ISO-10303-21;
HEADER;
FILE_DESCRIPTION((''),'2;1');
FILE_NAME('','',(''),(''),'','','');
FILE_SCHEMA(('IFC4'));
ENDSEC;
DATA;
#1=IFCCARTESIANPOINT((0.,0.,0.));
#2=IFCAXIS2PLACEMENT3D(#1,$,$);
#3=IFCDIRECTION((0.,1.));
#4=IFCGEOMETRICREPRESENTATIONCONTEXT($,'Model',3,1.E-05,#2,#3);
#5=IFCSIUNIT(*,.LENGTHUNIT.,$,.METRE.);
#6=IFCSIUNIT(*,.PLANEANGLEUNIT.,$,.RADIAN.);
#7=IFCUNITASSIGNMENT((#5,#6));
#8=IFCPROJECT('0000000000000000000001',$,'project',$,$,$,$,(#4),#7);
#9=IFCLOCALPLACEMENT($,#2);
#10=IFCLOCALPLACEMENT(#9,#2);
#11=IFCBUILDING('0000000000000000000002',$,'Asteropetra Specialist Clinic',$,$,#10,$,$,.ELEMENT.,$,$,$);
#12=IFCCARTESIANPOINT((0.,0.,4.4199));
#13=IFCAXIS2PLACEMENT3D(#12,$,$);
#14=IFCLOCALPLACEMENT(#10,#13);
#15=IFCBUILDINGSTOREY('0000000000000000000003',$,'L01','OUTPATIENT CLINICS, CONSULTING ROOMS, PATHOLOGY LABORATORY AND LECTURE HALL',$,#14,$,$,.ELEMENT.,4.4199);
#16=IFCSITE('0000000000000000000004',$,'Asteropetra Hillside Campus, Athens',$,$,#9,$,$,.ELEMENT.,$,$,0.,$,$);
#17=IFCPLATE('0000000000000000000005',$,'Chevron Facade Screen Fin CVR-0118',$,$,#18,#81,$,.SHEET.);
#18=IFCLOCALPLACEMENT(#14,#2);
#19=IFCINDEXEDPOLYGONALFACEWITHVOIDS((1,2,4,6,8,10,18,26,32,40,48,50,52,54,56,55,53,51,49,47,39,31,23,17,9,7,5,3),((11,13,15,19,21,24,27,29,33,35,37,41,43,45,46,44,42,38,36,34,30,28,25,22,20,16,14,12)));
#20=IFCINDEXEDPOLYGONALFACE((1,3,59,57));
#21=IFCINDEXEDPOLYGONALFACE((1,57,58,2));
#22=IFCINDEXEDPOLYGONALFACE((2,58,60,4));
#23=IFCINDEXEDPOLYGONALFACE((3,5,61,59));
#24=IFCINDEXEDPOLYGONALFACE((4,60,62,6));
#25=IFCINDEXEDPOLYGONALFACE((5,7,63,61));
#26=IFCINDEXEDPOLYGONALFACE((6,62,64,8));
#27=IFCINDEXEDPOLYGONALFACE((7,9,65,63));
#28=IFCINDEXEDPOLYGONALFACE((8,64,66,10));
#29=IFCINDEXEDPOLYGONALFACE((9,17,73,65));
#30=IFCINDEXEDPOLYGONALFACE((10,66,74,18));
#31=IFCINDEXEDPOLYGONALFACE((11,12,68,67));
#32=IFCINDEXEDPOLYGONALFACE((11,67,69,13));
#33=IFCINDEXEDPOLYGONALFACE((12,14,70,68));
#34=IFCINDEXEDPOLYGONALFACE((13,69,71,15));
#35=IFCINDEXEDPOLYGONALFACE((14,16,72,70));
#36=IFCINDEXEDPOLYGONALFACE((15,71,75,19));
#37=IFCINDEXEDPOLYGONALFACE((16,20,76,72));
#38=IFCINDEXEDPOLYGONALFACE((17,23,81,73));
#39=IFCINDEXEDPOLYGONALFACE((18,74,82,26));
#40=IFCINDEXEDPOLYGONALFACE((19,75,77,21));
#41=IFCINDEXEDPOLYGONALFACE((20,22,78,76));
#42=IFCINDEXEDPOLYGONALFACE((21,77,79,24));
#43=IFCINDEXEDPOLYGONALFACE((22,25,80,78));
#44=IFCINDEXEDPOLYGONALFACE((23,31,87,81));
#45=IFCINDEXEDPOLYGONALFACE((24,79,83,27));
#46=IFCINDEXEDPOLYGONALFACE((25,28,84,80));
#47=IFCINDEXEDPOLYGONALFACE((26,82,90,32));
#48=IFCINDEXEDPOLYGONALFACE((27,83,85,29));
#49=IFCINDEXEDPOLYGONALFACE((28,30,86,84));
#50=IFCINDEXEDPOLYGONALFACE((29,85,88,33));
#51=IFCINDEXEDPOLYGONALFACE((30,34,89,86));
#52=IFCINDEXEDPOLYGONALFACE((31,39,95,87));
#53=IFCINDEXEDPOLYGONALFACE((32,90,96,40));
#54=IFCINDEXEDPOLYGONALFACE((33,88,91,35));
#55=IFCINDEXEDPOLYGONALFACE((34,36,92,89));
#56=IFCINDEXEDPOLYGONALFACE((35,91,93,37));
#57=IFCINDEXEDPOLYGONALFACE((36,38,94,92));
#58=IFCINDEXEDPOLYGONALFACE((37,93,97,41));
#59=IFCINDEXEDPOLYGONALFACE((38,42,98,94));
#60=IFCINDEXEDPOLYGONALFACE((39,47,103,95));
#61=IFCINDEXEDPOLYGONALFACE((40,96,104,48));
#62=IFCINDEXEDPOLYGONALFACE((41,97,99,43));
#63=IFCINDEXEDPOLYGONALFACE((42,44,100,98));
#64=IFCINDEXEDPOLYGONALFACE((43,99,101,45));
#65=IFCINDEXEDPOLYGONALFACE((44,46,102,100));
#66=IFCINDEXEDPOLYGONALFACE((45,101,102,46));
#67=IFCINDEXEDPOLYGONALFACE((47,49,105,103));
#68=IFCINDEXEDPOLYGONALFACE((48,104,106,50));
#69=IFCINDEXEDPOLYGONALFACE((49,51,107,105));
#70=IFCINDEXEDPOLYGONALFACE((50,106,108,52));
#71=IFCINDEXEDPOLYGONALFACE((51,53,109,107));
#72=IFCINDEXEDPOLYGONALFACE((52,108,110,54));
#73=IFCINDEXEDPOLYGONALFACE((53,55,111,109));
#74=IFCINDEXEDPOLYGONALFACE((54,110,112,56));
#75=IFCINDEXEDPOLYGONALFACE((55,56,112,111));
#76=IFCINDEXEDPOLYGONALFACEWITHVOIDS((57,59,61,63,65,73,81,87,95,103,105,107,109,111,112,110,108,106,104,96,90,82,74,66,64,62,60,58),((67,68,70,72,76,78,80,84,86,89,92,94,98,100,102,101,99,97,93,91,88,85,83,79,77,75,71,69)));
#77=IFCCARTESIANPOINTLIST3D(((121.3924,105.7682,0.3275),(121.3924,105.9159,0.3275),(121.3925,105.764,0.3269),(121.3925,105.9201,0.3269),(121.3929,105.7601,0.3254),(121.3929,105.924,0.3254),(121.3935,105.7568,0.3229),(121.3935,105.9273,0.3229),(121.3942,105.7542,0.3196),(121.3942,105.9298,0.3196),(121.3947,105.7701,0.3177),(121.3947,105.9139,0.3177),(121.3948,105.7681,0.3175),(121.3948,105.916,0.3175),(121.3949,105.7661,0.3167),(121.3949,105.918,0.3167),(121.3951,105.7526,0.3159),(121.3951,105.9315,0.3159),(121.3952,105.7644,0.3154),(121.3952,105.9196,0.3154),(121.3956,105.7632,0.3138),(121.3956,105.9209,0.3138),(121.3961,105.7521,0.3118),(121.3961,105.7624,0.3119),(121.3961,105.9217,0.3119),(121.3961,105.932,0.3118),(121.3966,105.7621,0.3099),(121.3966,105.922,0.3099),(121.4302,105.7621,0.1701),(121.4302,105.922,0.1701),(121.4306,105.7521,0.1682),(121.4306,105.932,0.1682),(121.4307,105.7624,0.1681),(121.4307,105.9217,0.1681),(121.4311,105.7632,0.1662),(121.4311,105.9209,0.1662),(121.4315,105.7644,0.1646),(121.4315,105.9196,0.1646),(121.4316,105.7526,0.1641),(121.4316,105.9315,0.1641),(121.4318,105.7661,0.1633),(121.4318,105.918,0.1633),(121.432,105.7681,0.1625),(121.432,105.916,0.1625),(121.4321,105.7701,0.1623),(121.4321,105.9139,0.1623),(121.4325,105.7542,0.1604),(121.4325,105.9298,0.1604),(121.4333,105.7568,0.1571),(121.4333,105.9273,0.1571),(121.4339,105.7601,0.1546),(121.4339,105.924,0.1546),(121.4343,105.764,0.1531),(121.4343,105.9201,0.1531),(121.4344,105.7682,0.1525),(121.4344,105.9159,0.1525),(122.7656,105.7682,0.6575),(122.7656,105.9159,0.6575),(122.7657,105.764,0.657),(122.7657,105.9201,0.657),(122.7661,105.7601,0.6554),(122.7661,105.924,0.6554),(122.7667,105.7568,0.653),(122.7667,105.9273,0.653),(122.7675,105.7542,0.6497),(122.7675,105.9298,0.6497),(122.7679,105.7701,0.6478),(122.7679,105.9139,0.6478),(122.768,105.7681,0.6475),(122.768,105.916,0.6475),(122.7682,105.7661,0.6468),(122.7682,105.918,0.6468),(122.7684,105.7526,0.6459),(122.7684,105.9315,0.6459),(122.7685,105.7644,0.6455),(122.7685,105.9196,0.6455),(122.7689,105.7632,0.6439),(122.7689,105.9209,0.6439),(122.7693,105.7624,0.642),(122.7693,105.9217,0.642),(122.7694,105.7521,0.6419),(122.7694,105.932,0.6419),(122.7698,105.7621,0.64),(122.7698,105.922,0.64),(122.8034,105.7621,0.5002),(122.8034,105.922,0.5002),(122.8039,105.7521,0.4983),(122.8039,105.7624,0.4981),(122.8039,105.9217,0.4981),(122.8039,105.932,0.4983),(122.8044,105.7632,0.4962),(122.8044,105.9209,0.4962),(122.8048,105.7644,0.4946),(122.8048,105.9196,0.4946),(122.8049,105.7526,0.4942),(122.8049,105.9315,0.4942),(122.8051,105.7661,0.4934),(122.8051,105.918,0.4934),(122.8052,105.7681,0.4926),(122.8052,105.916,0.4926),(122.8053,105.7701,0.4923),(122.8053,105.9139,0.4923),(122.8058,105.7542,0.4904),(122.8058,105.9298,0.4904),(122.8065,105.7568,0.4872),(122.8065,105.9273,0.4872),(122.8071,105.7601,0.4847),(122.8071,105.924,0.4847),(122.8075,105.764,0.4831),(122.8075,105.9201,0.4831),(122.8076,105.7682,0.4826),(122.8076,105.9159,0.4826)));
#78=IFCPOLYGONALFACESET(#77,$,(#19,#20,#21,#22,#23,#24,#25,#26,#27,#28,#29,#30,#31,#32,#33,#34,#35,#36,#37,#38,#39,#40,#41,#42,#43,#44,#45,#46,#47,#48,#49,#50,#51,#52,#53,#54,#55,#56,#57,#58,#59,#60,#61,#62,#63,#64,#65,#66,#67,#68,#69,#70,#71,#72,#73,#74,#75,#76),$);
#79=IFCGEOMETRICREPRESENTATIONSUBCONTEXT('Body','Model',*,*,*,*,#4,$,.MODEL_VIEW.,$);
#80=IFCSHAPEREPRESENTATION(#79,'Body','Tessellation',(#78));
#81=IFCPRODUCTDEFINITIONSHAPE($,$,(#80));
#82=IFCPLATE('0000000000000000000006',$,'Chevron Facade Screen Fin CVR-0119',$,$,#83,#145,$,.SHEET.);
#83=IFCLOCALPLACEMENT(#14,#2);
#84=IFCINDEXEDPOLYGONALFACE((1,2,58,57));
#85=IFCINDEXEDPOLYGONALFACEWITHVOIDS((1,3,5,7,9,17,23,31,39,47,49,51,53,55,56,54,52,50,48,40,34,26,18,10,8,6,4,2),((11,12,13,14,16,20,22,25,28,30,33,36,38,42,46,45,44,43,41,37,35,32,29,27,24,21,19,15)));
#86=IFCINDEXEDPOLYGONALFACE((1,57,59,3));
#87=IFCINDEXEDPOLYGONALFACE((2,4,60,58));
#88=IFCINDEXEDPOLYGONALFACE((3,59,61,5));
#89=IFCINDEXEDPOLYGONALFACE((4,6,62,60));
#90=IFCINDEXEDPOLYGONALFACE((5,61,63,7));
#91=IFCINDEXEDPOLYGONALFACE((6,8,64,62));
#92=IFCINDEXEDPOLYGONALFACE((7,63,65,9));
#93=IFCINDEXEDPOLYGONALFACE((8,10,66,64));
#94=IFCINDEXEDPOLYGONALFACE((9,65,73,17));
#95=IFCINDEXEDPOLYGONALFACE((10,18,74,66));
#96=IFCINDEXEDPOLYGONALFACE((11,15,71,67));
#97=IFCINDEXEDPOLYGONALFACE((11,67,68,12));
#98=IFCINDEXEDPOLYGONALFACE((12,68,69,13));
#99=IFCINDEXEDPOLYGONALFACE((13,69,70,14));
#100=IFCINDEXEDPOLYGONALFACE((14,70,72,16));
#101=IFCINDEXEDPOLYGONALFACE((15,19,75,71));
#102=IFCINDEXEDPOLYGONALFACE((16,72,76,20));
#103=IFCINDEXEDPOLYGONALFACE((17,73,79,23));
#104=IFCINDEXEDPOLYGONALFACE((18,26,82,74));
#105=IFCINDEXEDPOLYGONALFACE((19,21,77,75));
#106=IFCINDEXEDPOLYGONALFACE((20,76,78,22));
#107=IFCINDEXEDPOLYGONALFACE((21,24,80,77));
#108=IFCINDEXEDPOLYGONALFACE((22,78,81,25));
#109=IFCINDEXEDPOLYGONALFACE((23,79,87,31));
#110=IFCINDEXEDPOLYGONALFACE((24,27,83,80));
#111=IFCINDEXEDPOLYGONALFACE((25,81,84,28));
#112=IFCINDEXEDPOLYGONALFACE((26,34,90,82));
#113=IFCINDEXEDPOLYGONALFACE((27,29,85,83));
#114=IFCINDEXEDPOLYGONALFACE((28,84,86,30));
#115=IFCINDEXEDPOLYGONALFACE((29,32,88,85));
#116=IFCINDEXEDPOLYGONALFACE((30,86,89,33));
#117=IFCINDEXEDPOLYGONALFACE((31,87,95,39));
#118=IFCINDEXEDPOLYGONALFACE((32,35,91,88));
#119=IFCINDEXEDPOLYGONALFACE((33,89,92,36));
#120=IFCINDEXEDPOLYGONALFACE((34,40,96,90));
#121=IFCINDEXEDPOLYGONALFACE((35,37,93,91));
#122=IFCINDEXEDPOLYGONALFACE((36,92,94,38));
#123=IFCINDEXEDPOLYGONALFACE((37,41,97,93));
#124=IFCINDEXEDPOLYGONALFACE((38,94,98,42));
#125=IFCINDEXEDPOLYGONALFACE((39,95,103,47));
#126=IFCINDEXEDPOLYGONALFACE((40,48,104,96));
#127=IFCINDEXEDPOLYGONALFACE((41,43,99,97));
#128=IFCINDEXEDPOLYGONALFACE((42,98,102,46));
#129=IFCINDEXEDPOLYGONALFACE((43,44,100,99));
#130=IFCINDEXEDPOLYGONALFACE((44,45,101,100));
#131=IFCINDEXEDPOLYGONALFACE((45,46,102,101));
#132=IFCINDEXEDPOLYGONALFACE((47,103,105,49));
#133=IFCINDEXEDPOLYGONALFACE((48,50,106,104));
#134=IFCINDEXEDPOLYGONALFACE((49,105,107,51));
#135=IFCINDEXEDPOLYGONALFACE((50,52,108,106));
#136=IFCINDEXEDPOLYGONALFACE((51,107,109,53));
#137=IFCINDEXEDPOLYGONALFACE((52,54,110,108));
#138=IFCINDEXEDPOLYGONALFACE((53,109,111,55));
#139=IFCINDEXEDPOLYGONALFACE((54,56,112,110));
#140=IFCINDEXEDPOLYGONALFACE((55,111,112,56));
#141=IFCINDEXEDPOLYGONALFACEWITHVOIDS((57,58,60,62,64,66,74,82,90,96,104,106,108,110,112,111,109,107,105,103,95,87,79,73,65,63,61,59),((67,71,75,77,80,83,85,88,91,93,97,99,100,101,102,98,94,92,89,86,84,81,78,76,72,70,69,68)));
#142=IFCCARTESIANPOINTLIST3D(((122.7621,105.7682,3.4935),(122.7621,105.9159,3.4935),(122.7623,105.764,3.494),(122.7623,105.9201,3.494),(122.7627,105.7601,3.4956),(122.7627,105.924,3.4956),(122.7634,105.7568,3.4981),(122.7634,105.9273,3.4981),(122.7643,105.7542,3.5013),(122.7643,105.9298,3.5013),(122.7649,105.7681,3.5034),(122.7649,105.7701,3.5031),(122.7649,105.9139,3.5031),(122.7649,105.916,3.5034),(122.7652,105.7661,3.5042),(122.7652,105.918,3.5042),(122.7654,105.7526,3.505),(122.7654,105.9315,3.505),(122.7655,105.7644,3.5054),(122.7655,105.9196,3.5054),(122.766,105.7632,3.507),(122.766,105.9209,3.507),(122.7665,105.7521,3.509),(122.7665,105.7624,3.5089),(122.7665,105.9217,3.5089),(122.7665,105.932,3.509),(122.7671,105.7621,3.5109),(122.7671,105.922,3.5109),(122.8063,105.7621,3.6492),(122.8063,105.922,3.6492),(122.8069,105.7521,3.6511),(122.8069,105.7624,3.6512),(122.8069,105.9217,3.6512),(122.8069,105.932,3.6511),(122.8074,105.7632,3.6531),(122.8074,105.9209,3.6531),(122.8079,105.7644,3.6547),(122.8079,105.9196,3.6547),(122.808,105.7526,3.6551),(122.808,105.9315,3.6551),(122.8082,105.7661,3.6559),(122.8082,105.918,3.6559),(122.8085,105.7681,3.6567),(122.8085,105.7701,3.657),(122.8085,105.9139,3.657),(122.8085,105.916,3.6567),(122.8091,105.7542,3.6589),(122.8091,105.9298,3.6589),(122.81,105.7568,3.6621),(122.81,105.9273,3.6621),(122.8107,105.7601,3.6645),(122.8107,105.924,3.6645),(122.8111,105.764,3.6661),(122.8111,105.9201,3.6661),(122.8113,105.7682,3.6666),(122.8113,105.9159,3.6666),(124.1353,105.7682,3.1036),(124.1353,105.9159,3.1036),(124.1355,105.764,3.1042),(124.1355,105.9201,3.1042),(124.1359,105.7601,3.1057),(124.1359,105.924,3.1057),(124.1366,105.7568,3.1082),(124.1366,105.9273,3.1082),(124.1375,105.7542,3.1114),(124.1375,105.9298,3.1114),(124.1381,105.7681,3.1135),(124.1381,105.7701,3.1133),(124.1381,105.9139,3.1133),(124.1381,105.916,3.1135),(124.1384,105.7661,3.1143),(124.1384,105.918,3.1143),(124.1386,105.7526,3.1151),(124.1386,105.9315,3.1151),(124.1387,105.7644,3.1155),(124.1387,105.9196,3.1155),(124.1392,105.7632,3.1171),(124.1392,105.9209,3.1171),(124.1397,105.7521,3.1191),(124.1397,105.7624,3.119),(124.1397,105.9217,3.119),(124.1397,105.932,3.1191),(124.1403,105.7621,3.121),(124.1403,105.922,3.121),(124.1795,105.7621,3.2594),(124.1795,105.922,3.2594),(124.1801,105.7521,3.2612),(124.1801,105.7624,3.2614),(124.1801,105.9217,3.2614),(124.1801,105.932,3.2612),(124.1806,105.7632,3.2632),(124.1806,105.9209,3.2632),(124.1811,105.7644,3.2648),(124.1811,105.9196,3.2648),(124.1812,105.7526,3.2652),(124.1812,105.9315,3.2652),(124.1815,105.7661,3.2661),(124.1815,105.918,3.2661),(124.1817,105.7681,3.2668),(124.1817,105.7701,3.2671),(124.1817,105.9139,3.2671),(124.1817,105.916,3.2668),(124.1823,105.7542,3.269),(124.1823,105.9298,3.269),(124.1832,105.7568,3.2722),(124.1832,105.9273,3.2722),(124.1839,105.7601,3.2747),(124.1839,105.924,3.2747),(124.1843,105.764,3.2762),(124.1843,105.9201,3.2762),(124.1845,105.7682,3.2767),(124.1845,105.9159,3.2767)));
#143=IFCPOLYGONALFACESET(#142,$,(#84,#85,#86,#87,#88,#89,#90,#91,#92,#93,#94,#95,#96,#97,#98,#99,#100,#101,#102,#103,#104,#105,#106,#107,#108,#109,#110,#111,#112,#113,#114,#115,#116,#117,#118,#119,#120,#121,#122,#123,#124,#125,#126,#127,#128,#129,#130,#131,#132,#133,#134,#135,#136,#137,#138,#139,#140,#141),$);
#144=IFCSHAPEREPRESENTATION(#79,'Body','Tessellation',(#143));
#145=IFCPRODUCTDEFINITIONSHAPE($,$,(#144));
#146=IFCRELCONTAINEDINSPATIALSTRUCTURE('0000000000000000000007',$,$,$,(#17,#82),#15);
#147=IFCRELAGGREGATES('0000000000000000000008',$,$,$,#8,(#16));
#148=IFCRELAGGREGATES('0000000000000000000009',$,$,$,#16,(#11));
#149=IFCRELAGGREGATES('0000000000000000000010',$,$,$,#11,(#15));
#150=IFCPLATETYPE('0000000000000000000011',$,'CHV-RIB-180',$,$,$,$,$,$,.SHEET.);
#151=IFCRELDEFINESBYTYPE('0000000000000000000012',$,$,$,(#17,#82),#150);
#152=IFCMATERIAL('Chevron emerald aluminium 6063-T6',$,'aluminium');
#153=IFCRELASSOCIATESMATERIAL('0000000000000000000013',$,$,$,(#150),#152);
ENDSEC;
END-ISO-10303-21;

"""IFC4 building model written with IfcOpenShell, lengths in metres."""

from ifc_helpers import new_model, si_unit, direction, frame, origin, origin_2d, place, context, subcontext, project, spatial, hollow_rectangle, extrude, material, material_profile, profile_set, type_object, element, save


model = new_model("IFC4")

# Units and contexts
model_context = context("Model", 3, precision=1e-05, world=origin(), true_north=direction((0.0, 1.0)))
body_context = subcontext(model_context, "Body", "Model", "MODEL_VIEW")
ifc_project = project(units=[si_unit("LENGTHUNIT", "METRE"), si_unit("PLANEANGLEUNIT", "RADIAN")], contexts=[model_context])

# Site, building, storey
site_placement = place(None, origin())
site = spatial("IfcSite", under=ifc_project, at=site_placement, Name="Asteropetra Hillside Campus, Athens", CompositionType="ELEMENT", RefElevation=0.0)
building_placement = place(site_placement, origin())
building = spatial("IfcBuilding", under=site, at=building_placement, Name="Asteropetra Specialist Clinic", CompositionType="ELEMENT")
storey_placement = place(building_placement, frame((0.0, 0.0, 4.4199)))
storey = spatial("IfcBuildingStorey", under=building, at=storey_placement, Name="L01", Description="OUTPATIENT CLINICS, CONSULTING ROOMS, PATHOLOGY LABORATORY AND LECTURE HALL", CompositionType="ELEMENT", Elevation=4.4199)

# Plates
ifc_material_1 = material(Name="Chevron emerald aluminium 6063-T6", Category="aluminium")
ifc_material_profile_1 = material_profile(ifc_material_1, hollow_rectangle(XDim=0.1799, YDim=0.1799, WallThickness=0.01, InnerFilletRadius=0.0081, OuterFilletRadius=0.0161, at=origin_2d()), Name="SHS 180x180x10.0")
ifc_profile_set_1 = profile_set([ifc_material_profile_1], Name="Chevron emerald aluminium 6063-T6")
plate_type = type_object("IfcPlateType", Name="CHV-RIB-180", PredefinedType="SHEET", material=ifc_profile_set_1)
for number, where, z_axis, x_axis, name in (
    (1, (122.7866, 105.842, 0.5701), (-0.972309, 0.0, -0.2337), (0.0, -1.0, 0.0), "Chevron Facade Screen Fin CVR-0118"),
):
    element("IfcPlate", number, at=place(storey_placement, frame(where, z_axis=z_axis, x_axis=x_axis)), inside=storey, type_object=plate_type, Name=name, PredefinedType="SHEET", context=body_context, shape_type="SweptSolid", body=[
        extrude(hollow_rectangle(XDim=0.1799, YDim=0.1799, WallThickness=0.01, InnerFilletRadius=0.0081, OuterFilletRadius=0.0161, at=origin_2d()), origin(), (0.0, 0.0, 1.0), 1.4124),
    ])
for number, where, z_axis, x_axis, name in (
    (2, (124.1599, 105.842, 3.1902), (-0.961981, 0.0, 0.273117), (0.0, -1.0, 0.0), "Chevron Facade Screen Fin CVR-0119"),
):
    element("IfcPlate", number, at=place(storey_placement, frame(where, z_axis=z_axis, x_axis=x_axis)), inside=storey, type_object=plate_type, Name=name, PredefinedType="SHEET", context=body_context, shape_type="SweptSolid", body=[
        extrude(hollow_rectangle(XDim=0.1799, YDim=0.1799, WallThickness=0.01, InnerFilletRadius=0.0081, OuterFilletRadius=0.0161, at=origin_2d()), origin(), (0.0, 0.0, 1.0), 1.4275),
    ])

save(model, "model.ifc")
